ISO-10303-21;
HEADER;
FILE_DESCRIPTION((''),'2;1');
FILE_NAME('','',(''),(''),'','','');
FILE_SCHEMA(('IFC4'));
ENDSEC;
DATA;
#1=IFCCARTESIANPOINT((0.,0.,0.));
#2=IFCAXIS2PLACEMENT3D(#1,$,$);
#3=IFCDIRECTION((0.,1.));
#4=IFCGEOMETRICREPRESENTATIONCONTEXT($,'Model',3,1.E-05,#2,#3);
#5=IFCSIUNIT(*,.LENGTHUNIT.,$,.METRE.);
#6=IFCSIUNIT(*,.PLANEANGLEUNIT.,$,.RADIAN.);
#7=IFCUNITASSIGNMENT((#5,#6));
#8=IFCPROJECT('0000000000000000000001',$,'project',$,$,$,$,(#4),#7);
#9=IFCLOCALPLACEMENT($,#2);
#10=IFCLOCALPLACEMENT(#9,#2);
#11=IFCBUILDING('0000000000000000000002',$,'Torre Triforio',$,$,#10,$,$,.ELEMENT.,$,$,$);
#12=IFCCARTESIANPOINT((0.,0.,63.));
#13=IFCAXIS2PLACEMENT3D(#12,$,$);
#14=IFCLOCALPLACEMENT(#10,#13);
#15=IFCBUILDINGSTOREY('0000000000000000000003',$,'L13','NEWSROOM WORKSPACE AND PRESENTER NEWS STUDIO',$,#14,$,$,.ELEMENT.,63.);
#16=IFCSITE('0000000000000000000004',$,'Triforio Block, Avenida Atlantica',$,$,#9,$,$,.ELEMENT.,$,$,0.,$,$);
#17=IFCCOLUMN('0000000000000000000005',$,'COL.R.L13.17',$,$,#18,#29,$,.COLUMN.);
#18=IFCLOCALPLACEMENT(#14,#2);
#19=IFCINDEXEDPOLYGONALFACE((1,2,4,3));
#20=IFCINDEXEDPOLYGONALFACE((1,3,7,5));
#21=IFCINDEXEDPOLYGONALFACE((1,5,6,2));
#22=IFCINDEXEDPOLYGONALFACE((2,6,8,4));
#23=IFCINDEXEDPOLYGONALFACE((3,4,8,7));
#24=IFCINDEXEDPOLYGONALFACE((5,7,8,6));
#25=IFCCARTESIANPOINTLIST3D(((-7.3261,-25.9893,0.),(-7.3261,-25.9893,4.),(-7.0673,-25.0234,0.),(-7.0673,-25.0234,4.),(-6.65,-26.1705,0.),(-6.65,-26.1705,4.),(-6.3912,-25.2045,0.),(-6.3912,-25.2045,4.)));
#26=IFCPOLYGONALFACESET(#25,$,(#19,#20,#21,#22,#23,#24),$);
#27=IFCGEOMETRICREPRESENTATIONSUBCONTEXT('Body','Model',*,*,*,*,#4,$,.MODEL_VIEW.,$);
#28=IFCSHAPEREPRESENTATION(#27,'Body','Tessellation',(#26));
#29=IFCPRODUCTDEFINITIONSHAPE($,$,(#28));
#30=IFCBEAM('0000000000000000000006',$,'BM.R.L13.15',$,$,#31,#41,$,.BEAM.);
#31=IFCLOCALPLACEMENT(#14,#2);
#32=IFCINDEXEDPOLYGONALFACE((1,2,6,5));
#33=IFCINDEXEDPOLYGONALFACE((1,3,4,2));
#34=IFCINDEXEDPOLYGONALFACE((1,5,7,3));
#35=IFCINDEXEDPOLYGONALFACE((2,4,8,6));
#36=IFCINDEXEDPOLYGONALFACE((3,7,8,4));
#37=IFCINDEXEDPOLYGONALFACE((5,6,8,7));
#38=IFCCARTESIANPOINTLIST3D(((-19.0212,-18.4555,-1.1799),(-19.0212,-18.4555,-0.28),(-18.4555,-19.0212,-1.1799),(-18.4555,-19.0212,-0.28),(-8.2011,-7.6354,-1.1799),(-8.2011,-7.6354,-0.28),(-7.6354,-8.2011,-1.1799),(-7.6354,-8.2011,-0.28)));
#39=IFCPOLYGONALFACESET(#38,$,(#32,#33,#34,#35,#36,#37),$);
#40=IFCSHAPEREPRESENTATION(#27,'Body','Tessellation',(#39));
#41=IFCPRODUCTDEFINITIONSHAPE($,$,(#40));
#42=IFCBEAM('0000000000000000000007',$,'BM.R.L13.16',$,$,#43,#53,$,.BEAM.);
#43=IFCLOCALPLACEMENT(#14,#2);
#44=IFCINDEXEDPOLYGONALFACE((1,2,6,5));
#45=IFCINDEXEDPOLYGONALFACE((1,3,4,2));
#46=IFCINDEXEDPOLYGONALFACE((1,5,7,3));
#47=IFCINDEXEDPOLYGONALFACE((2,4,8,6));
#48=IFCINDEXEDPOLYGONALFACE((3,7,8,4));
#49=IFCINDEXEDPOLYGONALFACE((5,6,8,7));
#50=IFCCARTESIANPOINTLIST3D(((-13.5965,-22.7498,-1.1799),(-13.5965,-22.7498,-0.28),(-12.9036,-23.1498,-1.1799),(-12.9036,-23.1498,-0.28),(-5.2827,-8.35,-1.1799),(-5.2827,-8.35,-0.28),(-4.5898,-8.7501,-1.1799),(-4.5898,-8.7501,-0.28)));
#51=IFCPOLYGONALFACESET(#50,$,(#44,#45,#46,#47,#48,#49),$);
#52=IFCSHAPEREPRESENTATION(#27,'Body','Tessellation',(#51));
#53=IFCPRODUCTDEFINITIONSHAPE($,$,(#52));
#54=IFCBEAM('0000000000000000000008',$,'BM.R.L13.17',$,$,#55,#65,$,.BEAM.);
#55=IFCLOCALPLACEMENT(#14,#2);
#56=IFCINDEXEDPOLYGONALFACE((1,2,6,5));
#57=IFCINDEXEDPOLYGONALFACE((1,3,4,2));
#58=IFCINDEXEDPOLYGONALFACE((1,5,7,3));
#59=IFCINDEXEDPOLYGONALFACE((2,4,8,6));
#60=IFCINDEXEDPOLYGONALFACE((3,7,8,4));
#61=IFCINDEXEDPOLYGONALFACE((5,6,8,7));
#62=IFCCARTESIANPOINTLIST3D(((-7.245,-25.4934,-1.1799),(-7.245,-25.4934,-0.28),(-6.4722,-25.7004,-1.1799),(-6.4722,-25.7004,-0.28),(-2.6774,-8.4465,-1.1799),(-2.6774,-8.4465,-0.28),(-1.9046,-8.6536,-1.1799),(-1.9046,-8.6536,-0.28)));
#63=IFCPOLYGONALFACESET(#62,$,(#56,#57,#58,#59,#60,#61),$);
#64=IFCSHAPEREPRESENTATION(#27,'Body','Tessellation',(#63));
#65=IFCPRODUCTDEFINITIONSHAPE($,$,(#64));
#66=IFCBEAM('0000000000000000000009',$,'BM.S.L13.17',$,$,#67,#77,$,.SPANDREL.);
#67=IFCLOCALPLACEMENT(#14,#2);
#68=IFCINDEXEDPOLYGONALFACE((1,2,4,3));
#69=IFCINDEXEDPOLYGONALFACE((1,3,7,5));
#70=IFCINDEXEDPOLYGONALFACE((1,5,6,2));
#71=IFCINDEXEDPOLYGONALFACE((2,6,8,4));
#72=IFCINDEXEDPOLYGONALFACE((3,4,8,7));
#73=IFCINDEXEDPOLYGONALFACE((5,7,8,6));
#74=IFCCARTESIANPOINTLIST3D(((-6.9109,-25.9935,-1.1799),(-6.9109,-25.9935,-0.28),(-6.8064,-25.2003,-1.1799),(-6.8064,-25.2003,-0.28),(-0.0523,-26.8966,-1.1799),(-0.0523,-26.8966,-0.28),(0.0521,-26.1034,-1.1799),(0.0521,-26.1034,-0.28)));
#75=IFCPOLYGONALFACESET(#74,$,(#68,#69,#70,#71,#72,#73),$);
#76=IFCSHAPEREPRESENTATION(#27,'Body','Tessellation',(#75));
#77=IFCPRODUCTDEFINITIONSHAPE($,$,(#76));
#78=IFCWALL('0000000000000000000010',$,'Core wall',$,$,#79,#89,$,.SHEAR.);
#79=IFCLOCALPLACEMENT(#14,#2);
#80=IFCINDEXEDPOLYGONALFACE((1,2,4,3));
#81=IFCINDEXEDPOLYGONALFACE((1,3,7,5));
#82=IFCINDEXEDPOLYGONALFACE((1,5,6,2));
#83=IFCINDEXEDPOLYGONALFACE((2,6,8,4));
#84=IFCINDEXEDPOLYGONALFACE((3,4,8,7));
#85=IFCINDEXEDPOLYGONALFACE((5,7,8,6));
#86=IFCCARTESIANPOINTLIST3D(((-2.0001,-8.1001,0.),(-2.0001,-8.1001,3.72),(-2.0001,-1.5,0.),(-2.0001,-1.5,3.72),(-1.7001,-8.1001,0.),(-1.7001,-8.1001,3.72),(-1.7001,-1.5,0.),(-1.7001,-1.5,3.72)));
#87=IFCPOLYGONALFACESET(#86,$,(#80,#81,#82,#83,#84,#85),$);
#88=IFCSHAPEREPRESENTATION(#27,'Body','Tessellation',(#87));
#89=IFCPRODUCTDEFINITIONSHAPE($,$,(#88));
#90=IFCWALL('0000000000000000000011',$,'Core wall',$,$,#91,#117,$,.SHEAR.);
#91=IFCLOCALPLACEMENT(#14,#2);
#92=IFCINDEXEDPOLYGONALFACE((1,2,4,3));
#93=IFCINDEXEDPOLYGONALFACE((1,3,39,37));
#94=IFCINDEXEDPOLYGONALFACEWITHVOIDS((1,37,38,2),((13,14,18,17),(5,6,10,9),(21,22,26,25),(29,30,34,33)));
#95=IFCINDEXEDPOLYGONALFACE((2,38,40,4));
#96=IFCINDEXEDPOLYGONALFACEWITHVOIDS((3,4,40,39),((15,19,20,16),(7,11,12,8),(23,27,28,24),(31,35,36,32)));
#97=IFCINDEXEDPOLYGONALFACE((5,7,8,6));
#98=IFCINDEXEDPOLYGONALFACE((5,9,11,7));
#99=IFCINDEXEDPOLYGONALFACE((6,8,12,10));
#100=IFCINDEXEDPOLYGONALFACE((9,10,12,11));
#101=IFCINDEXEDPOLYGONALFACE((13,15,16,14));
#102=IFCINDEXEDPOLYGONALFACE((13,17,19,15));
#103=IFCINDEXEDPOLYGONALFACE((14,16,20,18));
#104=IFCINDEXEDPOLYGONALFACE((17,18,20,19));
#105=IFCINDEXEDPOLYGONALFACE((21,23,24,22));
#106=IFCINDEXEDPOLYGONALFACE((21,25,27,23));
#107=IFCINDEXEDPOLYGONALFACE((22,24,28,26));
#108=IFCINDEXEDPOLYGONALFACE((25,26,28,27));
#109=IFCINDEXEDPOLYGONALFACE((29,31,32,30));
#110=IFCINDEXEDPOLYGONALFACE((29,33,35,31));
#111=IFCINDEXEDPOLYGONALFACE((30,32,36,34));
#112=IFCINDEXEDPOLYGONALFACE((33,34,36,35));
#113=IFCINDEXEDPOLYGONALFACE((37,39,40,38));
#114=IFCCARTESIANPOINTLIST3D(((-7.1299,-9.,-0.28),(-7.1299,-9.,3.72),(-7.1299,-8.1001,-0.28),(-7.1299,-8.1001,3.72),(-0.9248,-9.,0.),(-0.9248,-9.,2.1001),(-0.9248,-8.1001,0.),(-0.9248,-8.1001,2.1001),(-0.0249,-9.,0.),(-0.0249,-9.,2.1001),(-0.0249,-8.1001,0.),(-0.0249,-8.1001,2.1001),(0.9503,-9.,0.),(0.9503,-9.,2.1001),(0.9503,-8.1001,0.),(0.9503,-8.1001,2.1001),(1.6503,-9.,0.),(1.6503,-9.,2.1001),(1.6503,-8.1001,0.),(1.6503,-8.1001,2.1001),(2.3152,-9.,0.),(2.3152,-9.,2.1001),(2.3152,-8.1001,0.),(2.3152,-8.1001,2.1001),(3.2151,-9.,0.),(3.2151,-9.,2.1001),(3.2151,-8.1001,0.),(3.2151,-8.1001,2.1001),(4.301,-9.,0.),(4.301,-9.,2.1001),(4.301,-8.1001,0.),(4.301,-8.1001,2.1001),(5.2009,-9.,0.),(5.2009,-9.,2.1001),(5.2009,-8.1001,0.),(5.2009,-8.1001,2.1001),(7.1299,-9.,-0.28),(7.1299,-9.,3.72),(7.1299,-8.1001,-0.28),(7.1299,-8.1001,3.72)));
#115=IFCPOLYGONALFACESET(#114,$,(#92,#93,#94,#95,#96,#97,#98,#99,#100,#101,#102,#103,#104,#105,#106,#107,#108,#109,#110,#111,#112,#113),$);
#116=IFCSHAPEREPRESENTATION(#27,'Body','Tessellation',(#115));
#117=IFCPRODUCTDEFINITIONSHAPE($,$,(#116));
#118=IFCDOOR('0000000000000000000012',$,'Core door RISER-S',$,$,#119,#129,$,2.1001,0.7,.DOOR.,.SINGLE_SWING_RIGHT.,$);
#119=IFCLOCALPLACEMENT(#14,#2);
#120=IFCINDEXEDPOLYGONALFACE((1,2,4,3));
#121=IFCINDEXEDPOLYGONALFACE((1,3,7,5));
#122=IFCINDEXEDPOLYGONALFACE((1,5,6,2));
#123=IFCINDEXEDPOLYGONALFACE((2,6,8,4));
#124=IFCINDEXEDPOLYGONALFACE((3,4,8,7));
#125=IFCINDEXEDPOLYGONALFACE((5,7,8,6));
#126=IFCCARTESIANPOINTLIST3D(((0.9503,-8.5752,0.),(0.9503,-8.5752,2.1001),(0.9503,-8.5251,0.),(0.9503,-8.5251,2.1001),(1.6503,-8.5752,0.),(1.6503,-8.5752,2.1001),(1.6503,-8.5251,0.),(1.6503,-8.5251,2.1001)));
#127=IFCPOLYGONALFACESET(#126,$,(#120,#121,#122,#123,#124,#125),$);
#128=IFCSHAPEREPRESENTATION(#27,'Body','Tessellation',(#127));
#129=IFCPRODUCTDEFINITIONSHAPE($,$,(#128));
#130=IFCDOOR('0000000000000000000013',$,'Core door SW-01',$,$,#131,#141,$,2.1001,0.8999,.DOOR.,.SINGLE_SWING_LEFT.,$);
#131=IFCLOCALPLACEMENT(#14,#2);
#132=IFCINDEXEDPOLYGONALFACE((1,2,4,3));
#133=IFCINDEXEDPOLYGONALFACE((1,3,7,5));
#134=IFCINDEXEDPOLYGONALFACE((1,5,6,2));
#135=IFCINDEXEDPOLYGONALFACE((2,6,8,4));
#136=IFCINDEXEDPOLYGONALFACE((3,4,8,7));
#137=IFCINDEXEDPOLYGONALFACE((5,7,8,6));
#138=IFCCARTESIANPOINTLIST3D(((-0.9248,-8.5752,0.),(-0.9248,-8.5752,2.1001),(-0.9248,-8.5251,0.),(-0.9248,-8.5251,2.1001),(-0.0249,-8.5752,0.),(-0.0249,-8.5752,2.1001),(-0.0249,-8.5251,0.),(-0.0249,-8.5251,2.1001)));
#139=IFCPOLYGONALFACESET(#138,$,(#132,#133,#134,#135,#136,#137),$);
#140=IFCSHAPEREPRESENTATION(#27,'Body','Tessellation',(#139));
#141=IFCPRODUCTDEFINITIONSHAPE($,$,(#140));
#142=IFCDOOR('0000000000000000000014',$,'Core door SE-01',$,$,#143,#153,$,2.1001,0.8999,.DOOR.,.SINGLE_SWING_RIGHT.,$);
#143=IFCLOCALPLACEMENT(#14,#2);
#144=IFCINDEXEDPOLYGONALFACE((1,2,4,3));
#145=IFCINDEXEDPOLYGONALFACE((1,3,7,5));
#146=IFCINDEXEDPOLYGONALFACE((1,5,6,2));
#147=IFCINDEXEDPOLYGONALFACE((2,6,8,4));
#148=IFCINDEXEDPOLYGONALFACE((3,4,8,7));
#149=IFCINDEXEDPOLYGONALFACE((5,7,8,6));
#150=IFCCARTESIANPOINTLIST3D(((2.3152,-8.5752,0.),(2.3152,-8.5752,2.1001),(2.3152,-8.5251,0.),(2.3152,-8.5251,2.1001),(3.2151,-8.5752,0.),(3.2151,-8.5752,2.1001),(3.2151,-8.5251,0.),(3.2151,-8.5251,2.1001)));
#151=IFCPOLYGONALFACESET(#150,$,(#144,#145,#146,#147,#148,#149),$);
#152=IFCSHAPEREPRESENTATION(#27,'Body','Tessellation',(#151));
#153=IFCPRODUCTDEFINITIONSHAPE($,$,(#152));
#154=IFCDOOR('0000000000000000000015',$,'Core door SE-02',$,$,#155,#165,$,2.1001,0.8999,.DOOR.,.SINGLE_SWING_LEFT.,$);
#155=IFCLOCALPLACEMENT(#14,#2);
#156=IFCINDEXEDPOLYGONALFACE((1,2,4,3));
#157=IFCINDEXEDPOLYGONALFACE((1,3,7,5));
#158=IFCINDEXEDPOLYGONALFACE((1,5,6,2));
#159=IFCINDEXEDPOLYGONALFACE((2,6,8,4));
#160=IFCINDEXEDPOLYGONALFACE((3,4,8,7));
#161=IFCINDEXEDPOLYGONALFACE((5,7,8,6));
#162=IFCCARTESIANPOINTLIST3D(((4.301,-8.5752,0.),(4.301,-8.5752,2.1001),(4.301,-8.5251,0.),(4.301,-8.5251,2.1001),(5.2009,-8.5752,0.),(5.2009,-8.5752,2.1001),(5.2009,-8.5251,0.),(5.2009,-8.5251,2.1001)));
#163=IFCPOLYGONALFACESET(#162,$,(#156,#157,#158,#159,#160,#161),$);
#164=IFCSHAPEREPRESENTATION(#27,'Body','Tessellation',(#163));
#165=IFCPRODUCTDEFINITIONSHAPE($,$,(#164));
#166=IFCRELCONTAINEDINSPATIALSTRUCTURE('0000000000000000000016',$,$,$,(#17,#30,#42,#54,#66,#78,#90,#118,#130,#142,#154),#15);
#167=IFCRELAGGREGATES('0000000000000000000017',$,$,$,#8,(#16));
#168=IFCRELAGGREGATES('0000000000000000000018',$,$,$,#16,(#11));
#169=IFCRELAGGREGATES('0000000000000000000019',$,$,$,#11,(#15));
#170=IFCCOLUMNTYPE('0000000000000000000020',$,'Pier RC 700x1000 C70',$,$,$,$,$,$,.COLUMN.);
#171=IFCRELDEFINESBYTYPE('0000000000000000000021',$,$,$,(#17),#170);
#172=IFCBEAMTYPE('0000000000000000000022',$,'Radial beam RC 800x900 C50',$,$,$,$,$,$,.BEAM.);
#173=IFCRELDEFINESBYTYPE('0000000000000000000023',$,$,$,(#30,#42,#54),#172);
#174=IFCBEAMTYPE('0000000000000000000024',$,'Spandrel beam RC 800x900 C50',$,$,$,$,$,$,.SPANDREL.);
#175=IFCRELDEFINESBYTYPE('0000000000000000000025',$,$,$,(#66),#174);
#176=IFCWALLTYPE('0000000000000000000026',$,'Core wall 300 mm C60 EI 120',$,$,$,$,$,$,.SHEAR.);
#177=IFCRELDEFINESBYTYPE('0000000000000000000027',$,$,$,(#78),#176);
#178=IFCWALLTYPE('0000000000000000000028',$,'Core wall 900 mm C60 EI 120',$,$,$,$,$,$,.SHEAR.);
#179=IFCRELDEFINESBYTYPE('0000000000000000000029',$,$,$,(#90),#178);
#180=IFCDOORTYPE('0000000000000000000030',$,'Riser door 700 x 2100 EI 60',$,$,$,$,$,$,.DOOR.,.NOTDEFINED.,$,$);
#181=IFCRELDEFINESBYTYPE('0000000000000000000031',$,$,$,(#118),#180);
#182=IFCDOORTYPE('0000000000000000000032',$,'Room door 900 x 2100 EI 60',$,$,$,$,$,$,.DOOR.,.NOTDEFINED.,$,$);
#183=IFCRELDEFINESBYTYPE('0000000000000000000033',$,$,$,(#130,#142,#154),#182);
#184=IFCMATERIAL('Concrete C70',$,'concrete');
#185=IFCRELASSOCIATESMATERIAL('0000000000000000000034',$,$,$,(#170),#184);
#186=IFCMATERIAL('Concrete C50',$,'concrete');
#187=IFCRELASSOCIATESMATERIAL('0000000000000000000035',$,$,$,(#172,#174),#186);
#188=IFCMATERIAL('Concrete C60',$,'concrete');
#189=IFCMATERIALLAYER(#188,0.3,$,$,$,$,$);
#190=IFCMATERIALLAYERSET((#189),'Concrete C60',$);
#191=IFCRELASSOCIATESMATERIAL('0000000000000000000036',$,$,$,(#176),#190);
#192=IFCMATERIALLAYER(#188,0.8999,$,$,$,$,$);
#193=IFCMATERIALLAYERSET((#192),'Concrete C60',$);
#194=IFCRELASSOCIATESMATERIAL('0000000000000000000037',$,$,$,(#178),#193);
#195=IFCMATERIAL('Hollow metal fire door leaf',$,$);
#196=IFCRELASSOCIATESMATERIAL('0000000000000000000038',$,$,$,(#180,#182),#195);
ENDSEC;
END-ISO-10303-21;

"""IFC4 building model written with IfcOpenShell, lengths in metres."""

from ifc_helpers import new_model, si_unit, direction, frame, frame_2d, origin, origin_2d, place, context, subcontext, project, spatial, rectangle, extrude, material, layer, layer_set, material_profile, profile_set, type_object, element, fill, save


model = new_model("IFC4")

# Units and contexts
model_context = context("Model", 3, precision=1e-05, world=origin(), true_north=direction((0.0, 1.0)))
body_context = subcontext(model_context, "Body", "Model", "MODEL_VIEW")
ifc_project = project(units=[si_unit("LENGTHUNIT", "METRE"), si_unit("PLANEANGLEUNIT", "RADIAN")], contexts=[model_context])

# Site, building, storey
site_placement = place(None, origin())
site = spatial("IfcSite", under=ifc_project, at=site_placement, Name="Triforio Block, Avenida Atlantica", CompositionType="ELEMENT", RefElevation=0.0)
building_placement = place(site_placement, origin())
building = spatial("IfcBuilding", under=site, at=building_placement, Name="Torre Triforio", CompositionType="ELEMENT")
storey_placement = place(building_placement, frame((0.0, 0.0, 63.0)))
storey = spatial("IfcBuildingStorey", under=building, at=storey_placement, Name="L13", Description="NEWSROOM WORKSPACE AND PRESENTER NEWS STUDIO", CompositionType="ELEMENT", Elevation=63.0)

# Column
ifc_material_1 = material(Name="Concrete C70", Category="concrete")
ifc_material_profile_1 = material_profile(ifc_material_1, rectangle(XDim=0.7, YDim=1.0, at=origin_2d()), Name="RC 700x1000")
ifc_profile_set_1 = profile_set([ifc_material_profile_1], Name="Concrete C70")
column_type = type_object("IfcColumnType", Name="Pier RC 700x1000 C70", PredefinedType="COLUMN", material=ifc_profile_set_1)
column_placement = place(storey_placement, frame((-6.8586, -25.5969, 0.0), z_axis=(0.0, 0.0, 1.0), x_axis=(0.965926, -0.258819, 0.0)))
element("IfcColumn", 1, at=column_placement, inside=storey, type_object=column_type, Name="COL.R.L13.17", PredefinedType="COLUMN", context=body_context, shape_type="SweptSolid", body=[
    extrude(rectangle(XDim=0.7, YDim=1.0, at=origin_2d()), origin(), (0.0, 0.0, 1.0), 4.0),
])

# Beams
ifc_material_2 = material(Name="Concrete C50", Category="concrete")
ifc_material_profile_2 = material_profile(ifc_material_2, rectangle(XDim=0.8, YDim=0.8999, at=origin_2d()), Name="RC 800x900")
ifc_profile_set_2 = profile_set([ifc_material_profile_2], Name="Concrete C50")
beam_type_1 = type_object("IfcBeamType", Name="Radial beam RC 800x900 C50", PredefinedType="BEAM", material=ifc_profile_set_2)
beam_1_placement = place(storey_placement, frame((-7.9182, -7.9182, -0.73), z_axis=(-0.707107, -0.707107, 0.0), x_axis=(0.707107, -0.707107, 0.0)))
element("IfcBeam", 2, at=beam_1_placement, inside=storey, type_object=beam_type_1, Name="BM.R.L13.15", PredefinedType="BEAM", context=body_context, shape_type="SweptSolid", body=[
    extrude(rectangle(XDim=0.8, YDim=0.8999, at=origin_2d()), origin(), (0.0, 0.0, 1.0), 15.302),
])
beam_2_placement = place(storey_placement, frame((-4.9363, -8.55, -0.73), z_axis=(-0.500003, -0.866023, 0.0), x_axis=(0.866023, -0.500003, 0.0)))
element("IfcBeam", 3, at=beam_2_placement, inside=storey, type_object=beam_type_1, Name="BM.R.L13.16", PredefinedType="BEAM", context=body_context, shape_type="SweptSolid", body=[
    extrude(rectangle(XDim=0.8, YDim=0.8999, at=origin_2d()), origin(), (0.0, 0.0, 1.0), 16.6274),
])
beam_3_placement = place(storey_placement, frame((-2.291, -8.55, -0.73), z_axis=(-0.258815, -0.965927, 0.0), x_axis=(0.965927, -0.258815, 0.0)))
element("IfcBeam", 4, at=beam_3_placement, inside=storey, type_object=beam_type_1, Name="BM.R.L13.17", PredefinedType="BEAM", context=body_context, shape_type="SweptSolid", body=[
    extrude(rectangle(XDim=0.8, YDim=0.8999, at=origin_2d()), origin(), (0.0, 0.0, 1.0), 17.6482),
])
ifc_material_profile_3 = material_profile(ifc_material_2, rectangle(XDim=0.8, YDim=0.8999, at=origin_2d()), Name="RC 800x900")
ifc_profile_set_3 = profile_set([ifc_material_profile_3], Name="Concrete C50")
beam_type_2 = type_object("IfcBeamType", Name="Spandrel beam RC 800x900 C50", PredefinedType="SPANDREL", material=ifc_profile_set_3)
beam_4_placement = place(storey_placement, frame((-6.8586, -25.5969, -0.73), z_axis=(0.991443, -0.130543, 0.0), x_axis=(0.130543, 0.991443, 0.0)))
element("IfcBeam", 5, at=beam_4_placement, inside=storey, type_object=beam_type_2, Name="BM.S.L13.17", PredefinedType="SPANDREL", context=body_context, shape_type="SweptSolid", body=[
    extrude(rectangle(XDim=0.8, YDim=0.8999, at=origin_2d()), origin(), (0.0, 0.0, 1.0), 6.9177),
])

# Wall
ifc_material_3 = material(Name="Concrete C60", Category="concrete")
ifc_layer_1 = layer(ifc_material_3, 0.3)
ifc_layer_set_1 = layer_set([ifc_layer_1], Name="Concrete C60")
wall_type_1 = type_object("IfcWallType", Name="Core wall 300 mm C60 EI 120", PredefinedType="SHEAR", material=ifc_layer_set_1)
wall_1_placement = place(storey_placement, frame((-1.8501, -8.1001, 0.0), z_axis=(0.0, 0.0, 1.0), x_axis=(0.0, 1.0, 0.0)))
element("IfcWall", 6, at=wall_1_placement, inside=storey, type_object=wall_type_1, Name="Core wall", PredefinedType="SHEAR", context=body_context, shape_type="SweptSolid", body=[
    extrude(rectangle(XDim=6.6001, YDim=0.3, at=frame_2d((3.3, 0.0))), origin(), (0.0, 0.0, 1.0), 3.72),
])

# Wall, openings, doors
ifc_layer_2 = layer(ifc_material_3, 0.8999)
ifc_layer_set_2 = layer_set([ifc_layer_2], Name="Concrete C60")
wall_type_2 = type_object("IfcWallType", Name="Core wall 900 mm C60 EI 120", PredefinedType="SHEAR", material=ifc_layer_set_2)
wall_2_placement = place(storey_placement, frame((-7.1299, -8.55, -0.28), z_axis=(0.0, 0.0, 1.0), x_axis=(1.0, 0.0, 0.0)))
wall_2 = element("IfcWall", 7, at=wall_2_placement, inside=storey, type_object=wall_type_2, Name="Core wall", PredefinedType="SHEAR", context=body_context, shape_type="SweptSolid", body=[
    extrude(rectangle(XDim=14.2598, YDim=0.8999, at=frame_2d((7.1299, 0.0))), origin(), (0.0, 0.0, 1.0), 4.0),
])
opening_1_placement = place(wall_2_placement, frame((8.0801, 0.0, 0.28)))
opening_1 = element("IfcOpeningElement", 8, at=opening_1_placement, cuts=wall_2, PredefinedType="OPENING", context=body_context, shape_type="SweptSolid", body=[
    extrude(rectangle(XDim=0.7, YDim=2.1001, at=frame_2d((0.3501, 1.05))), frame((0.0, 0.46, 0.0), z_axis=(0.0, -1.0, 0.0), x_axis=(1.0, 0.0, 0.0)), (0.0, 0.0, 1.0), 0.9199),
])
opening_2_placement = place(wall_2_placement, frame((6.2051, 0.0, 0.28)))
opening_2 = element("IfcOpeningElement", 9, at=opening_2_placement, cuts=wall_2, PredefinedType="OPENING", context=body_context, shape_type="SweptSolid", body=[
    extrude(rectangle(XDim=0.8999, YDim=2.1001, at=frame_2d((0.45, 1.05))), frame((0.0, 0.46, 0.0), z_axis=(0.0, -1.0, 0.0), x_axis=(1.0, 0.0, 0.0)), (0.0, 0.0, 1.0), 0.9199),
])
opening_3_placement = place(wall_2_placement, frame((9.4451, 0.0, 0.28)))
opening_3 = element("IfcOpeningElement", 10, at=opening_3_placement, cuts=wall_2, PredefinedType="OPENING", context=body_context, shape_type="SweptSolid", body=[
    extrude(rectangle(XDim=0.8999, YDim=2.1001, at=frame_2d((0.45, 1.05))), frame((0.0, 0.46, 0.0), z_axis=(0.0, -1.0, 0.0), x_axis=(1.0, 0.0, 0.0)), (0.0, 0.0, 1.0), 0.9199),
])
opening_4_placement = place(wall_2_placement, frame((11.4309, 0.0, 0.28)))
opening_4 = element("IfcOpeningElement", 11, at=opening_4_placement, cuts=wall_2, PredefinedType="OPENING", context=body_context, shape_type="SweptSolid", body=[
    extrude(rectangle(XDim=0.8999, YDim=2.1001, at=frame_2d((0.45, 1.05))), frame((0.0, 0.46, 0.0), z_axis=(0.0, -1.0, 0.0), x_axis=(1.0, 0.0, 0.0)), (0.0, 0.0, 1.0), 0.9199),
])
ifc_material_4 = material(Name="Hollow metal fire door leaf")
door_type_1 = type_object("IfcDoorType", Name="Riser door 700 x 2100 EI 60", OperationType="NOTDEFINED", PredefinedType="DOOR", material=ifc_material_4)
door_1_placement = place(opening_1_placement, origin())
door_1 = element("IfcDoor", 12, at=door_1_placement, inside=storey, type_object=door_type_1, Name="Core door RISER-S", OperationType="SINGLE_SWING_RIGHT", OverallHeight=2.1001, OverallWidth=0.7, PredefinedType="DOOR", context=body_context, shape_type="SweptSolid", body=[
    extrude(rectangle(XDim=0.7, YDim=2.1001, at=frame_2d((0.3501, 1.05))), frame((0.0, 0.0249, 0.0), z_axis=(0.0, -1.0, 0.0), x_axis=(1.0, 0.0, 0.0)), (0.0, 0.0, 1.0), 0.05),
])
fill(opening_1, door_1)
door_type_2 = type_object("IfcDoorType", Name="Room door 900 x 2100 EI 60", OperationType="NOTDEFINED", PredefinedType="DOOR", material=ifc_material_4)
door_2_placement = place(opening_2_placement, origin())
door_2 = element("IfcDoor", 13, at=door_2_placement, inside=storey, type_object=door_type_2, Name="Core door SW-01", OperationType="SINGLE_SWING_LEFT", OverallHeight=2.1001, OverallWidth=0.8999, PredefinedType="DOOR", context=body_context, shape_type="SweptSolid", body=[
    extrude(rectangle(XDim=0.8999, YDim=2.1001, at=frame_2d((0.45, 1.05))), frame((0.0, 0.0249, 0.0), z_axis=(0.0, -1.0, 0.0), x_axis=(1.0, 0.0, 0.0)), (0.0, 0.0, 1.0), 0.05),
])
fill(opening_2, door_2)
door_3_placement = place(opening_3_placement, origin())
door_3 = element("IfcDoor", 14, at=door_3_placement, inside=storey, type_object=door_type_2, Name="Core door SE-01", OperationType="SINGLE_SWING_RIGHT", OverallHeight=2.1001, OverallWidth=0.8999, PredefinedType="DOOR", context=body_context, shape_type="SweptSolid", body=[
    extrude(rectangle(XDim=0.8999, YDim=2.1001, at=frame_2d((0.45, 1.05))), frame((0.0, 0.0249, 0.0), z_axis=(0.0, -1.0, 0.0), x_axis=(1.0, 0.0, 0.0)), (0.0, 0.0, 1.0), 0.05),
])
fill(opening_3, door_3)
door_4_placement = place(opening_4_placement, origin())
door_4 = element("IfcDoor", 15, at=door_4_placement, inside=storey, type_object=door_type_2, Name="Core door SE-02", OperationType="SINGLE_SWING_LEFT", OverallHeight=2.1001, OverallWidth=0.8999, PredefinedType="DOOR", context=body_context, shape_type="SweptSolid", body=[
    extrude(rectangle(XDim=0.8999, YDim=2.1001, at=frame_2d((0.45, 1.05))), frame((0.0, 0.0249, 0.0), z_axis=(0.0, -1.0, 0.0), x_axis=(1.0, 0.0, 0.0)), (0.0, 0.0, 1.0), 0.05),
])
fill(opening_4, door_4)

save(model, "model.ifc")
